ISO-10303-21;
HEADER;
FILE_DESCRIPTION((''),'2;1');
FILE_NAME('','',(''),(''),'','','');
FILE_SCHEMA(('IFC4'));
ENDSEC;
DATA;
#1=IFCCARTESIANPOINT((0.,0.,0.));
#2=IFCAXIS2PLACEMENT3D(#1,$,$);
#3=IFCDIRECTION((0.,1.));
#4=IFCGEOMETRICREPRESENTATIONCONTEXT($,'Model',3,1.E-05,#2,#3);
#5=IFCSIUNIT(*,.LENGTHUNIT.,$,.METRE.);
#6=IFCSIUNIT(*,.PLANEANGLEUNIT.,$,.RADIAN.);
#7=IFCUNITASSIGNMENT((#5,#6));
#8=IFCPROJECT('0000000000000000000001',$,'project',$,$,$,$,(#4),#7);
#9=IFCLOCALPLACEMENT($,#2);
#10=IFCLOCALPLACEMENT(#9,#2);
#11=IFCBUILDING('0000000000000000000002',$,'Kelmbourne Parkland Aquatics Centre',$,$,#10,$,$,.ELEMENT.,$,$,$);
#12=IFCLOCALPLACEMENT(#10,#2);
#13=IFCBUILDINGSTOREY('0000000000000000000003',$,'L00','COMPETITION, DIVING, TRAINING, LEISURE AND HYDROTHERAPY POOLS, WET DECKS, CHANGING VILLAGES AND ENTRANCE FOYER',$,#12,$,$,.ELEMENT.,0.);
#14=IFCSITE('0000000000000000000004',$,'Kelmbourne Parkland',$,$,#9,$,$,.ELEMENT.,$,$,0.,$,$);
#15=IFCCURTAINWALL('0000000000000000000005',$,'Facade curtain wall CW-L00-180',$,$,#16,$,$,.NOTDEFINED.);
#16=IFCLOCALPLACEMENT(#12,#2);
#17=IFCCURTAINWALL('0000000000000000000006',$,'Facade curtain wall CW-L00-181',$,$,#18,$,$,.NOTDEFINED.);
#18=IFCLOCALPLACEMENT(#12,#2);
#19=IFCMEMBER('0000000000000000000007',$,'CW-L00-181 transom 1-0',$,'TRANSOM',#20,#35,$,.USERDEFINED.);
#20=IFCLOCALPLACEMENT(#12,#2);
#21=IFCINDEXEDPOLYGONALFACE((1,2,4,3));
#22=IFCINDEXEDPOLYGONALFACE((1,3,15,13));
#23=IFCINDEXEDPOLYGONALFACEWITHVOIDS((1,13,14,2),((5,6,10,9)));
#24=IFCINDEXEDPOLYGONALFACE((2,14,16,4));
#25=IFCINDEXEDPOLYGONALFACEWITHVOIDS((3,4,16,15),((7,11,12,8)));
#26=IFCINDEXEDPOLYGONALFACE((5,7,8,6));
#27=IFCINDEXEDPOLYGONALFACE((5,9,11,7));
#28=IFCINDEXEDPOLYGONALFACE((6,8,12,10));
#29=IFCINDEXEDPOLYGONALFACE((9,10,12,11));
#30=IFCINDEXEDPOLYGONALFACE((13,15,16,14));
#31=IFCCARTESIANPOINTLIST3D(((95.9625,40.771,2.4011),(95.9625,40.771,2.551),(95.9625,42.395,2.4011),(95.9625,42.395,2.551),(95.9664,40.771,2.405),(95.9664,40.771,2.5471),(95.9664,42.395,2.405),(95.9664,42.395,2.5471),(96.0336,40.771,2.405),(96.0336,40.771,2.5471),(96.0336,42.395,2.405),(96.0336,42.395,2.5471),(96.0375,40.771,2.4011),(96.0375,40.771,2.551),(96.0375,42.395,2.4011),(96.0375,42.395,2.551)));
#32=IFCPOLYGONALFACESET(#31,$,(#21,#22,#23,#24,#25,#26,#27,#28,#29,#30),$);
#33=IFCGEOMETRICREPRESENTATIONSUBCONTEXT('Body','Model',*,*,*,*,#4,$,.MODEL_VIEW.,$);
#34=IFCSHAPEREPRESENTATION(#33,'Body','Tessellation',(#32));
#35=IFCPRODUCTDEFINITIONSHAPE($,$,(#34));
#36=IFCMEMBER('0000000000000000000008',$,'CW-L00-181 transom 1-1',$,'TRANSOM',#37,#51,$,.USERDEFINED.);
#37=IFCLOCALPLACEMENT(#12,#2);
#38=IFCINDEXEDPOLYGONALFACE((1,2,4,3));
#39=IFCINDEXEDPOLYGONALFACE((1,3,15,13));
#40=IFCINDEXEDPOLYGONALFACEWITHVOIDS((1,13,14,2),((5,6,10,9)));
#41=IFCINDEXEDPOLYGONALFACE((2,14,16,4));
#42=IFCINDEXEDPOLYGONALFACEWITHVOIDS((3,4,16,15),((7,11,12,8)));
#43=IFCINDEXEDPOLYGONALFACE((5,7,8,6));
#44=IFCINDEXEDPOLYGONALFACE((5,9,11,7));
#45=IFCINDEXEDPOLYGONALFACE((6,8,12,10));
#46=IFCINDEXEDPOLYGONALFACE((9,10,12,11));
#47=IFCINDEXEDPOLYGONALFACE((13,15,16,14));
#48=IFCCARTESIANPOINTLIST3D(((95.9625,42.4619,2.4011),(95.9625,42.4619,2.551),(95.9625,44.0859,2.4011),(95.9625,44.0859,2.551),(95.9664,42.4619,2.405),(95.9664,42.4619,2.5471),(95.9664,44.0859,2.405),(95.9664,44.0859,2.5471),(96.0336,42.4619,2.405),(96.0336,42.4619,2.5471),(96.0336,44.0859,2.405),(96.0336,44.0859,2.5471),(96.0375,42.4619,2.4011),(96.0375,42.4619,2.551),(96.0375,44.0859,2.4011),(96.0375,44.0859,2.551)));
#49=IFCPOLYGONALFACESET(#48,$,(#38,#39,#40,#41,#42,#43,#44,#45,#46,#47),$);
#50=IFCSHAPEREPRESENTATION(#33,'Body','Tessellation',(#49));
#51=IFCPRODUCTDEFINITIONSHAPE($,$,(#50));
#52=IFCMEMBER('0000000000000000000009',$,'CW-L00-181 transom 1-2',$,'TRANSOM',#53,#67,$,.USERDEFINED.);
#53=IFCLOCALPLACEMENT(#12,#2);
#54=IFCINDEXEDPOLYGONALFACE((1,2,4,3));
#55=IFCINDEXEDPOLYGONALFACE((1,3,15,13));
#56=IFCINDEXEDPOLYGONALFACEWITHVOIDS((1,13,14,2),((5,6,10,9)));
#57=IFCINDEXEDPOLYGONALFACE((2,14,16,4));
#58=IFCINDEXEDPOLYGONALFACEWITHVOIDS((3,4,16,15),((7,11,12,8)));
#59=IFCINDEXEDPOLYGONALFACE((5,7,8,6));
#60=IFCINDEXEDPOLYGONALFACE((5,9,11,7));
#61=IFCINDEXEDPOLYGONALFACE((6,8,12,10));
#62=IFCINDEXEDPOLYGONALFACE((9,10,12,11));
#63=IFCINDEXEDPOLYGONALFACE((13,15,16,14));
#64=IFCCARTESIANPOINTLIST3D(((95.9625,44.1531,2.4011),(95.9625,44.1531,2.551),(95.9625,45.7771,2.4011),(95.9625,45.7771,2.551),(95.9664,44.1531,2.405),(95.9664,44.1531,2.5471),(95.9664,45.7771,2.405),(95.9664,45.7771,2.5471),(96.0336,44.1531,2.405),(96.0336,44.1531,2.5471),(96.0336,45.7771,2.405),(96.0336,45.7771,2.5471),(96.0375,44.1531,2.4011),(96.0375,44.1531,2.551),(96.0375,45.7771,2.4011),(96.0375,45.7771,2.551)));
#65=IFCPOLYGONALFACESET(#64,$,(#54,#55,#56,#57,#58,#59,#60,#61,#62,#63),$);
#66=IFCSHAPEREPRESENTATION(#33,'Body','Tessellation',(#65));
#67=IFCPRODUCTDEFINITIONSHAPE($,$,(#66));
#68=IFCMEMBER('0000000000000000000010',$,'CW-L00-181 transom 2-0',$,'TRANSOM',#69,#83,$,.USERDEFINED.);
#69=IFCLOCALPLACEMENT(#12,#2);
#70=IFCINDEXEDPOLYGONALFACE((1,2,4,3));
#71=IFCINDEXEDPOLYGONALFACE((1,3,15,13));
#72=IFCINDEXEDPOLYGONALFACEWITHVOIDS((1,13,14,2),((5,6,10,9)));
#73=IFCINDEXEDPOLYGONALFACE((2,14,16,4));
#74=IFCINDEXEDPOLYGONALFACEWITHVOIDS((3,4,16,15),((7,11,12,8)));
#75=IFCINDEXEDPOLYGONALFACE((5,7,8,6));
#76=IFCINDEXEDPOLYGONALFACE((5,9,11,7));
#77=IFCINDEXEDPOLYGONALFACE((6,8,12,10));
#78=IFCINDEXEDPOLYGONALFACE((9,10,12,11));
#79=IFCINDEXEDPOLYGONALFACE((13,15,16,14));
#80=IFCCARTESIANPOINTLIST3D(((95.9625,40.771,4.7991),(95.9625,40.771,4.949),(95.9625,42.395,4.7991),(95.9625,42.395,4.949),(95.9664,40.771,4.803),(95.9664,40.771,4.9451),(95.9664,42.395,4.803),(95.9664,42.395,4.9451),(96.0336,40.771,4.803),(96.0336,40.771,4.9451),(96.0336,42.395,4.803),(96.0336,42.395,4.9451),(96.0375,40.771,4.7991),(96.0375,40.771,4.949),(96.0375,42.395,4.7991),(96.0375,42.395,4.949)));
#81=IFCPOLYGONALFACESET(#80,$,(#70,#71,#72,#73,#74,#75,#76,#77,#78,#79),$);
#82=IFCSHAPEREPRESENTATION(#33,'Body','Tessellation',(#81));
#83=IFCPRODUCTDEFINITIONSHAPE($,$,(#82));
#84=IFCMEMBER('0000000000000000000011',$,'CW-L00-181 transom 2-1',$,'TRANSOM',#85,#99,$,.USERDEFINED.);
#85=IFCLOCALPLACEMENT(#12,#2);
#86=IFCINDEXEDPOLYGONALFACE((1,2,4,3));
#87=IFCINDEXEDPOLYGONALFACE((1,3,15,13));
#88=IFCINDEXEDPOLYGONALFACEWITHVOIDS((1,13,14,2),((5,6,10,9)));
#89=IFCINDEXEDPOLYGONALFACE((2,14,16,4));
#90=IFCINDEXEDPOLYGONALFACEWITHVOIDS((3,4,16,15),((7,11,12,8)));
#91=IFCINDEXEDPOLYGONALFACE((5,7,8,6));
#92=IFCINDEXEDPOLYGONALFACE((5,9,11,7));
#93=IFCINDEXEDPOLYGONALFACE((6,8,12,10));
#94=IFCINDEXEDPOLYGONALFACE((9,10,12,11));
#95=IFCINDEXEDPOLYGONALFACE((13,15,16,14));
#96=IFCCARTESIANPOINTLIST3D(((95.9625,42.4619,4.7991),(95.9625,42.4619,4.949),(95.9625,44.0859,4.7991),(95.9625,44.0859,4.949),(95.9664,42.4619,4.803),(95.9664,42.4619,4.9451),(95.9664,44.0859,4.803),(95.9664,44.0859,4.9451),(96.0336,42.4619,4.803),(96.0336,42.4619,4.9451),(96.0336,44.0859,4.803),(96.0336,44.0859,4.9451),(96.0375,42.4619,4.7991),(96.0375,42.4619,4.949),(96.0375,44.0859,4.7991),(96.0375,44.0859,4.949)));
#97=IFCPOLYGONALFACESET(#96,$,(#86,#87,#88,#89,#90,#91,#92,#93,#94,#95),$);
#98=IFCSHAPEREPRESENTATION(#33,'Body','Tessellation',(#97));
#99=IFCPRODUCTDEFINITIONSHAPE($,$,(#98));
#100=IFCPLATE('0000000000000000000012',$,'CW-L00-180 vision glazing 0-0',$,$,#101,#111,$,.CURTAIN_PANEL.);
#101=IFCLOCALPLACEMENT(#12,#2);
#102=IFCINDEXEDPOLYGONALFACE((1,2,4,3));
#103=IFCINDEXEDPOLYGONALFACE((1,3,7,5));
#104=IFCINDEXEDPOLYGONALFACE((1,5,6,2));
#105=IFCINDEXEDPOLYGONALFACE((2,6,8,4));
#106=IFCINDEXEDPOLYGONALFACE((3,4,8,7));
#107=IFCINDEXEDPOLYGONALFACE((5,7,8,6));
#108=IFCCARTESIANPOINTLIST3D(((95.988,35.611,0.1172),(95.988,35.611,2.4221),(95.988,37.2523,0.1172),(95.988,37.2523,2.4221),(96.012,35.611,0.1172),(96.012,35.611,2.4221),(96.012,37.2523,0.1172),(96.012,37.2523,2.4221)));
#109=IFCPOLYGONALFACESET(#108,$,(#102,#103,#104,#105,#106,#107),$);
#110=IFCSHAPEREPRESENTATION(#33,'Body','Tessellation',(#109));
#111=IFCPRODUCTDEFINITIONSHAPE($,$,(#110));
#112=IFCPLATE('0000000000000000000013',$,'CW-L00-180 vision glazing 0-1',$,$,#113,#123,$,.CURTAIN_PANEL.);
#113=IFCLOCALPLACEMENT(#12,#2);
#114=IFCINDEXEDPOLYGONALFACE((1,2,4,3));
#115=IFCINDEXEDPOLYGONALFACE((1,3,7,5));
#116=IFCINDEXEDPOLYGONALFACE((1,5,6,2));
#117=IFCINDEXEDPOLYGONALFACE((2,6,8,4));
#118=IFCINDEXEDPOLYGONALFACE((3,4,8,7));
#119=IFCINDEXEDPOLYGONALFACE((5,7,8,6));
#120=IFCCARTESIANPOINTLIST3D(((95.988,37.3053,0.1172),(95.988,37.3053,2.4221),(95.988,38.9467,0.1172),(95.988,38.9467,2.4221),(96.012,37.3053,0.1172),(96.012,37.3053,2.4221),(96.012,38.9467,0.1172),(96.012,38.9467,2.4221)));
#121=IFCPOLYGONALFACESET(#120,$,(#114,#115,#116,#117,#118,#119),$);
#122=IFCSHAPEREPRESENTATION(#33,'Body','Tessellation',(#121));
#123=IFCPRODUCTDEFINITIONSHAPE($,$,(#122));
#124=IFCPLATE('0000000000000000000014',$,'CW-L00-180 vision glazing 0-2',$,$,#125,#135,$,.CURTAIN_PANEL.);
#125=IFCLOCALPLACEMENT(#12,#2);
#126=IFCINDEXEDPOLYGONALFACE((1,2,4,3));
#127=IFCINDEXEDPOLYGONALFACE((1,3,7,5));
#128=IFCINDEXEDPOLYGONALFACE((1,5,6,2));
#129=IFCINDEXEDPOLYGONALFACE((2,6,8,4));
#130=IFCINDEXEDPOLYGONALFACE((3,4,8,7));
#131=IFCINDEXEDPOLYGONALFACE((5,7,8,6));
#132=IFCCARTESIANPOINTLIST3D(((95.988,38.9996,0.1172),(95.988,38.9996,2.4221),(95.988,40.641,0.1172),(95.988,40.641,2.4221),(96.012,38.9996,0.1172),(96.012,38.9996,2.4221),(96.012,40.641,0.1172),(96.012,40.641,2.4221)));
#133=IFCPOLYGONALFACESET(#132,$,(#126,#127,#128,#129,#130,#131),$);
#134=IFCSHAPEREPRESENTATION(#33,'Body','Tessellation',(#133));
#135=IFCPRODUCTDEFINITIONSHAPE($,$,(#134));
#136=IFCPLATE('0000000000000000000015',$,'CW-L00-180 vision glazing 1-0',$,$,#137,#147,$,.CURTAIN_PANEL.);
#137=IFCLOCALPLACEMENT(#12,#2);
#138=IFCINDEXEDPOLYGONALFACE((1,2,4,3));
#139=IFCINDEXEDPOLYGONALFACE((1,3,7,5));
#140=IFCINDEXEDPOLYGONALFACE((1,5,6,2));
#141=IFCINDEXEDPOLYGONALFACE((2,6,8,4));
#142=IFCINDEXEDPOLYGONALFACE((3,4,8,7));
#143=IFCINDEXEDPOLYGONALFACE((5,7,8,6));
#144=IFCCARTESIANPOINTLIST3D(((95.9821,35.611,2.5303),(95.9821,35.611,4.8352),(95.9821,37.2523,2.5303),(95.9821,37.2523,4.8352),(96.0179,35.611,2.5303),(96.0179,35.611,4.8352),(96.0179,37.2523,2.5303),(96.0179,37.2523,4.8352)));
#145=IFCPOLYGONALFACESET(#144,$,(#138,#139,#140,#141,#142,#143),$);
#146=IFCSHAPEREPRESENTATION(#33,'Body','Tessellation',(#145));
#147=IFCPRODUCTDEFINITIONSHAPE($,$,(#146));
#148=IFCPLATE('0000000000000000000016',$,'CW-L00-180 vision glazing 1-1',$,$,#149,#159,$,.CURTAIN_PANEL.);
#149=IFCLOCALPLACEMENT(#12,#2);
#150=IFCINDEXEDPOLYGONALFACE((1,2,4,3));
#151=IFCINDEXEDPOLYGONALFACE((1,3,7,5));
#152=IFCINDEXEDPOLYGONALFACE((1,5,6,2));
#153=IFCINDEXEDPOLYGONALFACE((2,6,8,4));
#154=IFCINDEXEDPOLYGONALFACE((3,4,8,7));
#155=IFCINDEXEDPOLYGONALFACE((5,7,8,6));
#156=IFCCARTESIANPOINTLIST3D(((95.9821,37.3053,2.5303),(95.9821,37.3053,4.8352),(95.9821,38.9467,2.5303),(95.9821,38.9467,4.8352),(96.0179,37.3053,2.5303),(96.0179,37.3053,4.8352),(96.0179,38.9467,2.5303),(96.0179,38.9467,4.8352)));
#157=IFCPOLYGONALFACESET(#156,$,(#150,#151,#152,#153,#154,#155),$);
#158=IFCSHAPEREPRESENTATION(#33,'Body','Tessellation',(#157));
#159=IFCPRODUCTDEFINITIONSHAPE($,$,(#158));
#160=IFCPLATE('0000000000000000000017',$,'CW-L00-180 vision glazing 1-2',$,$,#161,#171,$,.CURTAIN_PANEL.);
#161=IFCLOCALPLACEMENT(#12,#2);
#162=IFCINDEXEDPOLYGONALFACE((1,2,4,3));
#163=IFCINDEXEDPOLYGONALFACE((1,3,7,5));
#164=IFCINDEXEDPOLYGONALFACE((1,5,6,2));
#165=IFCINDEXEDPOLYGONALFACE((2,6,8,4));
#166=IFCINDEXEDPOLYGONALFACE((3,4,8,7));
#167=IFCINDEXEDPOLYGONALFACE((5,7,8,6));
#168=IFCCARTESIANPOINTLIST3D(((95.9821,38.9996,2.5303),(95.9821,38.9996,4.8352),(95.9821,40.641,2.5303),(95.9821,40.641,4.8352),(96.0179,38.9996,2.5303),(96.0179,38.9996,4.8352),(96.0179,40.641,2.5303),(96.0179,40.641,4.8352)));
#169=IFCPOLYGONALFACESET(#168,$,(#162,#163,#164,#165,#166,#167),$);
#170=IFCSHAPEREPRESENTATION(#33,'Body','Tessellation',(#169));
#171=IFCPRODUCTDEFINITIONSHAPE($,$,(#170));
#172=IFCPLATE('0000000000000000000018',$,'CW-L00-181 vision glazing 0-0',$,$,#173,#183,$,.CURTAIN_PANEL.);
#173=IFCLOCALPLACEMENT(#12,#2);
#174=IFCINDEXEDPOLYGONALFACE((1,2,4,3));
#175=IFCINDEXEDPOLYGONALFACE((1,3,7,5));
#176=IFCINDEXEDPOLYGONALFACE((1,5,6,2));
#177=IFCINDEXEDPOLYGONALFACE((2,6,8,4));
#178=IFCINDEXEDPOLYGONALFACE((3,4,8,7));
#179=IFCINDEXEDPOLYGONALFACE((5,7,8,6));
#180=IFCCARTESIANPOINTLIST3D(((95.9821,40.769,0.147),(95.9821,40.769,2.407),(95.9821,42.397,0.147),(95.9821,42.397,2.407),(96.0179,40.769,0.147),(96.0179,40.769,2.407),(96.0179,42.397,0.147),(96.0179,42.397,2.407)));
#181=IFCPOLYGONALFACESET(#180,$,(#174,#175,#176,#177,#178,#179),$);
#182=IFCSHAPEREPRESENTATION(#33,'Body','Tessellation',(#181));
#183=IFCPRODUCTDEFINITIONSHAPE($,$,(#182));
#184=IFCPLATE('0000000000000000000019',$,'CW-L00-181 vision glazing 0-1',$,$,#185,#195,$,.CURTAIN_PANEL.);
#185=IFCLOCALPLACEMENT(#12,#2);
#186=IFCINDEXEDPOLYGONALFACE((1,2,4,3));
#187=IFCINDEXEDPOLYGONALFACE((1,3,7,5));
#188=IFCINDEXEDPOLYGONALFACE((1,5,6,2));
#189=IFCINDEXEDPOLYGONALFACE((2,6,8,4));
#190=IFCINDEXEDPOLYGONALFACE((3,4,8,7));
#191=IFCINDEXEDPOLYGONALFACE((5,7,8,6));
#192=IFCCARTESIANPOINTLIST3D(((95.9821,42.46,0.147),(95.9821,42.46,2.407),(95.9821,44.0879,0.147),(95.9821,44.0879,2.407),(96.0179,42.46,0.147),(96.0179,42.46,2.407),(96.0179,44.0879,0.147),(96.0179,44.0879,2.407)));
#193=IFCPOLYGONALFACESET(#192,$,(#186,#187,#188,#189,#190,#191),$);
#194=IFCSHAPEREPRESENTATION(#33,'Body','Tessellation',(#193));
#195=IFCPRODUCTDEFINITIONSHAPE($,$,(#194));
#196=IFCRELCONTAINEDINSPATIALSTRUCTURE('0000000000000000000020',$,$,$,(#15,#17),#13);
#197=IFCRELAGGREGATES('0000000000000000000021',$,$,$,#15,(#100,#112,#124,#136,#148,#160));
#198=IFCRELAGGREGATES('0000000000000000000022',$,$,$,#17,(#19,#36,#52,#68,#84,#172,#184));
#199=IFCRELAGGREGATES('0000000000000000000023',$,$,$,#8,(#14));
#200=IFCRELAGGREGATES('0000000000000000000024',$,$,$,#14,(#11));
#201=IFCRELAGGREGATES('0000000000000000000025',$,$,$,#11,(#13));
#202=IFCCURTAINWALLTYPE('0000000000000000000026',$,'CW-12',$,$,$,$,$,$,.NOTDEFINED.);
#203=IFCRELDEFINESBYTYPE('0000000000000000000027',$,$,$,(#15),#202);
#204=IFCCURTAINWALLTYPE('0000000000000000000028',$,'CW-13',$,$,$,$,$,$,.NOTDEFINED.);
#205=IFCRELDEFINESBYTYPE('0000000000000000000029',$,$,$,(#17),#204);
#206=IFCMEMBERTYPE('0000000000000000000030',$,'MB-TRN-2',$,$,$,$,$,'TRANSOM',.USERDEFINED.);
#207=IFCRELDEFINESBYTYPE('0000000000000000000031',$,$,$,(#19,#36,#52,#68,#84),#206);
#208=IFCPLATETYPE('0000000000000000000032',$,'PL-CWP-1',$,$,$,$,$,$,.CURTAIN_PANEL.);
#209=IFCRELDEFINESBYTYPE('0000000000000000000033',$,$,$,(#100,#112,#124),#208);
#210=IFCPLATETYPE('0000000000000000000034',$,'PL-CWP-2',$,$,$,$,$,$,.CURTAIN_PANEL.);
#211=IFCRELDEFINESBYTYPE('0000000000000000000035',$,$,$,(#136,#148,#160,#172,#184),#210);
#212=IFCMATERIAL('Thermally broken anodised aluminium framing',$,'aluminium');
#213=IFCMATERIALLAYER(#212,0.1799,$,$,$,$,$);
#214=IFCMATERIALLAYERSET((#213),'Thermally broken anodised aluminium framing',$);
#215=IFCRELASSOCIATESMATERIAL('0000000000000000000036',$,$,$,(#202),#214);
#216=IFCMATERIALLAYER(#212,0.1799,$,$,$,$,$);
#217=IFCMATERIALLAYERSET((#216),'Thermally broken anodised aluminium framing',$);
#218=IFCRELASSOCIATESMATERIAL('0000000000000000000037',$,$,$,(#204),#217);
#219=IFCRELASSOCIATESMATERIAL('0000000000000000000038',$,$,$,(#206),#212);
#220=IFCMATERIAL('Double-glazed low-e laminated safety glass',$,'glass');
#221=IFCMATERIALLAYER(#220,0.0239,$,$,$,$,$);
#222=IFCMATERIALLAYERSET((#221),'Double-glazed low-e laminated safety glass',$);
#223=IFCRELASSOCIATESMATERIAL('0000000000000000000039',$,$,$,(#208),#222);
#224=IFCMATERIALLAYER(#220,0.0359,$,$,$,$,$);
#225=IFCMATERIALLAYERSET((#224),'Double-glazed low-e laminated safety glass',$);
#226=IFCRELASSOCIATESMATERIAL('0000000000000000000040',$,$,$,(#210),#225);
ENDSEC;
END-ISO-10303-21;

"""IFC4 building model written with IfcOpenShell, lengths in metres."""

from ifc_helpers import new_model, si_unit, direction, frame, origin, origin_2d, place, context, subcontext, project, spatial, rectangle, hollow_rectangle, extrude, material, layer, layer_set, material_profile, profile_set, type_object, element, aggregate, save


model = new_model("IFC4")

# Units and contexts
model_context = context("Model", 3, precision=1e-05, world=origin(), true_north=direction((0.0, 1.0)))
body_context = subcontext(model_context, "Body", "Model", "MODEL_VIEW")
ifc_project = project(units=[si_unit("LENGTHUNIT", "METRE"), si_unit("PLANEANGLEUNIT", "RADIAN")], contexts=[model_context])

# Site, building, storey
site_placement = place(None, origin())
site = spatial("IfcSite", under=ifc_project, at=site_placement, Name="Kelmbourne Parkland", CompositionType="ELEMENT", RefElevation=0.0)
building_placement = place(site_placement, origin())
building = spatial("IfcBuilding", under=site, at=building_placement, Name="Kelmbourne Parkland Aquatics Centre", CompositionType="ELEMENT")
storey_placement = place(building_placement, origin())
storey = spatial("IfcBuildingStorey", under=building, at=storey_placement, Name="L00", Description="COMPETITION, DIVING, TRAINING, LEISURE AND HYDROTHERAPY POOLS, WET DECKS, CHANGING VILLAGES AND ENTRANCE FOYER", CompositionType="ELEMENT", Elevation=0.0)

# Curtain walls
ifc_material_1 = material(Name="Thermally broken anodised aluminium framing", Category="aluminium")
ifc_layer_1 = layer(ifc_material_1, 0.1799)
ifc_layer_set_1 = layer_set([ifc_layer_1], Name="Thermally broken anodised aluminium framing")
curtain_wall_type_1 = type_object("IfcCurtainWallType", Name="CW-12", PredefinedType="NOTDEFINED", material=ifc_layer_set_1)
curtain_wall_1_placement = place(storey_placement, origin())
curtain_wall_1 = element("IfcCurtainWall", 1, at=curtain_wall_1_placement, inside=storey, type_object=curtain_wall_type_1, Name="Facade curtain wall CW-L00-180", PredefinedType="NOTDEFINED")
ifc_layer_2 = layer(ifc_material_1, 0.1799)
ifc_layer_set_2 = layer_set([ifc_layer_2], Name="Thermally broken anodised aluminium framing")
curtain_wall_type_2 = type_object("IfcCurtainWallType", Name="CW-13", PredefinedType="NOTDEFINED", material=ifc_layer_set_2)
curtain_wall_2_placement = place(storey_placement, origin())
curtain_wall_2 = element("IfcCurtainWall", 2, at=curtain_wall_2_placement, inside=storey, type_object=curtain_wall_type_2, Name="Facade curtain wall CW-L00-181", PredefinedType="NOTDEFINED")

# Members
ifc_material_profile_1 = material_profile(ifc_material_1, hollow_rectangle(XDim=0.075, YDim=0.1499, WallThickness=0.0039, at=origin_2d()), Name="CW-T 75x150")
ifc_profile_set_1 = profile_set([ifc_material_profile_1], Name="Thermally broken anodised aluminium framing")
member_type_1 = type_object("IfcMemberType", Name="MB-TRN-2", ElementType="TRANSOM", PredefinedType="USERDEFINED", material=ifc_profile_set_1)
member_1_placement = place(storey_placement, frame((96.0, 40.771, 2.4761), z_axis=(0.0, 1.0, 0.0), x_axis=(-1.0, 0.0, 0.0)))
member_1 = element("IfcMember", 3, at=member_1_placement, type_object=member_type_1, Name="CW-L00-181 transom 1-0", ObjectType="TRANSOM", PredefinedType="USERDEFINED", context=body_context, shape_type="SweptSolid", body=[
    extrude(hollow_rectangle(XDim=0.075, YDim=0.1499, WallThickness=0.0039, at=origin_2d()), origin(), (0.0, 0.0, 1.0), 1.624),
])
member_2_placement = place(storey_placement, frame((96.0, 42.4619, 2.4761), z_axis=(0.0, 1.0, 0.0), x_axis=(-1.0, 0.0, 0.0)))
member_2 = element("IfcMember", 4, at=member_2_placement, type_object=member_type_1, Name="CW-L00-181 transom 1-1", ObjectType="TRANSOM", PredefinedType="USERDEFINED", context=body_context, shape_type="SweptSolid", body=[
    extrude(hollow_rectangle(XDim=0.075, YDim=0.1499, WallThickness=0.0039, at=origin_2d()), origin(), (0.0, 0.0, 1.0), 1.624),
])
member_3_placement = place(storey_placement, frame((96.0, 44.1531, 2.4761), z_axis=(0.0, 1.0, 0.0), x_axis=(-1.0, 0.0, 0.0)))
member_3 = element("IfcMember", 5, at=member_3_placement, type_object=member_type_1, Name="CW-L00-181 transom 1-2", ObjectType="TRANSOM", PredefinedType="USERDEFINED", context=body_context, shape_type="SweptSolid", body=[
    extrude(hollow_rectangle(XDim=0.075, YDim=0.1499, WallThickness=0.0039, at=origin_2d()), origin(), (0.0, 0.0, 1.0), 1.624),
])
member_4_placement = place(storey_placement, frame((96.0, 40.771, 4.874), z_axis=(0.0, 1.0, 0.0), x_axis=(-1.0, 0.0, 0.0)))
member_4 = element("IfcMember", 6, at=member_4_placement, type_object=member_type_1, Name="CW-L00-181 transom 2-0", ObjectType="TRANSOM", PredefinedType="USERDEFINED", context=body_context, shape_type="SweptSolid", body=[
    extrude(hollow_rectangle(XDim=0.075, YDim=0.1499, WallThickness=0.0039, at=origin_2d()), origin(), (0.0, 0.0, 1.0), 1.624),
])
member_5_placement = place(storey_placement, frame((96.0, 42.4619, 4.874), z_axis=(0.0, 1.0, 0.0), x_axis=(-1.0, 0.0, 0.0)))
member_5 = element("IfcMember", 7, at=member_5_placement, type_object=member_type_1, Name="CW-L00-181 transom 2-1", ObjectType="TRANSOM", PredefinedType="USERDEFINED", context=body_context, shape_type="SweptSolid", body=[
    extrude(hollow_rectangle(XDim=0.075, YDim=0.1499, WallThickness=0.0039, at=origin_2d()), origin(), (0.0, 0.0, 1.0), 1.624),
])

# Plates
ifc_material_2 = material(Name="Double-glazed low-e laminated safety glass", Category="glass")
ifc_layer_3 = layer(ifc_material_2, 0.0239)
ifc_layer_set_3 = layer_set([ifc_layer_3], Name="Double-glazed low-e laminated safety glass")
plate_type_1 = type_object("IfcPlateType", Name="PL-CWP-1", PredefinedType="CURTAIN_PANEL", material=ifc_layer_set_3)
plate_1_placement = place(storey_placement, frame((96.0, 36.4316, 0.1172), z_axis=(0.0, 0.0, 1.0), x_axis=(0.0, 1.0, 0.0)))
plate_1 = element("IfcPlate", 8, at=plate_1_placement, type_object=plate_type_1, Name="CW-L00-180 vision glazing 0-0", PredefinedType="CURTAIN_PANEL", context=body_context, shape_type="SweptSolid", body=[
    extrude(rectangle(XDim=1.6414, YDim=0.0239, at=origin_2d()), origin(), (0.0, 0.0, 1.0), 2.3049),
])
plate_2_placement = place(storey_placement, frame((96.0, 38.126, 0.1172), z_axis=(0.0, 0.0, 1.0), x_axis=(0.0, 1.0, 0.0)))
plate_2 = element("IfcPlate", 9, at=plate_2_placement, type_object=plate_type_1, Name="CW-L00-180 vision glazing 0-1", PredefinedType="CURTAIN_PANEL", context=body_context, shape_type="SweptSolid", body=[
    extrude(rectangle(XDim=1.6414, YDim=0.0239, at=origin_2d()), origin(), (0.0, 0.0, 1.0), 2.3049),
])
plate_3_placement = place(storey_placement, frame((96.0, 39.8203, 0.1172), z_axis=(0.0, 0.0, 1.0), x_axis=(0.0, 1.0, 0.0)))
plate_3 = element("IfcPlate", 10, at=plate_3_placement, type_object=plate_type_1, Name="CW-L00-180 vision glazing 0-2", PredefinedType="CURTAIN_PANEL", context=body_context, shape_type="SweptSolid", body=[
    extrude(rectangle(XDim=1.6414, YDim=0.0239, at=origin_2d()), origin(), (0.0, 0.0, 1.0), 2.3049),
])
ifc_layer_4 = layer(ifc_material_2, 0.0359)
ifc_layer_set_4 = layer_set([ifc_layer_4], Name="Double-glazed low-e laminated safety glass")
plate_type_2 = type_object("IfcPlateType", Name="PL-CWP-2", PredefinedType="CURTAIN_PANEL", material=ifc_layer_set_4)
plate_4_placement = place(storey_placement, frame((96.0, 36.4316, 2.5303), z_axis=(0.0, 0.0, 1.0), x_axis=(0.0, 1.0, 0.0)))
plate_4 = element("IfcPlate", 11, at=plate_4_placement, type_object=plate_type_2, Name="CW-L00-180 vision glazing 1-0", PredefinedType="CURTAIN_PANEL", context=body_context, shape_type="SweptSolid", body=[
    extrude(rectangle(XDim=1.6414, YDim=0.0359, at=origin_2d()), origin(), (0.0, 0.0, 1.0), 2.3049),
])
plate_5_placement = place(storey_placement, frame((96.0, 38.126, 2.5303), z_axis=(0.0, 0.0, 1.0), x_axis=(0.0, 1.0, 0.0)))
plate_5 = element("IfcPlate", 12, at=plate_5_placement, type_object=plate_type_2, Name="CW-L00-180 vision glazing 1-1", PredefinedType="CURTAIN_PANEL", context=body_context, shape_type="SweptSolid", body=[
    extrude(rectangle(XDim=1.6414, YDim=0.0359, at=origin_2d()), origin(), (0.0, 0.0, 1.0), 2.3049),
])
plate_6_placement = place(storey_placement, frame((96.0, 39.8203, 2.5303), z_axis=(0.0, 0.0, 1.0), x_axis=(0.0, 1.0, 0.0)))
plate_6 = element("IfcPlate", 13, at=plate_6_placement, type_object=plate_type_2, Name="CW-L00-180 vision glazing 1-2", PredefinedType="CURTAIN_PANEL", context=body_context, shape_type="SweptSolid", body=[
    extrude(rectangle(XDim=1.6414, YDim=0.0359, at=origin_2d()), origin(), (0.0, 0.0, 1.0), 2.3049),
])
aggregate(curtain_wall_1, [plate_1, plate_2, plate_3, plate_4, plate_5, plate_6])
plate_7_placement = place(storey_placement, frame((96.0, 41.583, 0.147), z_axis=(0.0, 0.0, 1.0), x_axis=(0.0, 1.0, 0.0)))
plate_7 = element("IfcPlate", 14, at=plate_7_placement, type_object=plate_type_2, Name="CW-L00-181 vision glazing 0-0", PredefinedType="CURTAIN_PANEL", context=body_context, shape_type="SweptSolid", body=[
    extrude(rectangle(XDim=1.6279, YDim=0.0359, at=origin_2d()), origin(), (0.0, 0.0, 1.0), 2.26),
])
plate_8_placement = place(storey_placement, frame((96.0, 43.2739, 0.147), z_axis=(0.0, 0.0, 1.0), x_axis=(0.0, 1.0, 0.0)))
plate_8 = element("IfcPlate", 15, at=plate_8_placement, type_object=plate_type_2, Name="CW-L00-181 vision glazing 0-1", PredefinedType="CURTAIN_PANEL", context=body_context, shape_type="SweptSolid", body=[
    extrude(rectangle(XDim=1.6279, YDim=0.0359, at=origin_2d()), origin(), (0.0, 0.0, 1.0), 2.26),
])
aggregate(curtain_wall_2, [member_1, member_2, member_3, member_4, member_5, plate_7, plate_8])

save(model, "model.ifc")
